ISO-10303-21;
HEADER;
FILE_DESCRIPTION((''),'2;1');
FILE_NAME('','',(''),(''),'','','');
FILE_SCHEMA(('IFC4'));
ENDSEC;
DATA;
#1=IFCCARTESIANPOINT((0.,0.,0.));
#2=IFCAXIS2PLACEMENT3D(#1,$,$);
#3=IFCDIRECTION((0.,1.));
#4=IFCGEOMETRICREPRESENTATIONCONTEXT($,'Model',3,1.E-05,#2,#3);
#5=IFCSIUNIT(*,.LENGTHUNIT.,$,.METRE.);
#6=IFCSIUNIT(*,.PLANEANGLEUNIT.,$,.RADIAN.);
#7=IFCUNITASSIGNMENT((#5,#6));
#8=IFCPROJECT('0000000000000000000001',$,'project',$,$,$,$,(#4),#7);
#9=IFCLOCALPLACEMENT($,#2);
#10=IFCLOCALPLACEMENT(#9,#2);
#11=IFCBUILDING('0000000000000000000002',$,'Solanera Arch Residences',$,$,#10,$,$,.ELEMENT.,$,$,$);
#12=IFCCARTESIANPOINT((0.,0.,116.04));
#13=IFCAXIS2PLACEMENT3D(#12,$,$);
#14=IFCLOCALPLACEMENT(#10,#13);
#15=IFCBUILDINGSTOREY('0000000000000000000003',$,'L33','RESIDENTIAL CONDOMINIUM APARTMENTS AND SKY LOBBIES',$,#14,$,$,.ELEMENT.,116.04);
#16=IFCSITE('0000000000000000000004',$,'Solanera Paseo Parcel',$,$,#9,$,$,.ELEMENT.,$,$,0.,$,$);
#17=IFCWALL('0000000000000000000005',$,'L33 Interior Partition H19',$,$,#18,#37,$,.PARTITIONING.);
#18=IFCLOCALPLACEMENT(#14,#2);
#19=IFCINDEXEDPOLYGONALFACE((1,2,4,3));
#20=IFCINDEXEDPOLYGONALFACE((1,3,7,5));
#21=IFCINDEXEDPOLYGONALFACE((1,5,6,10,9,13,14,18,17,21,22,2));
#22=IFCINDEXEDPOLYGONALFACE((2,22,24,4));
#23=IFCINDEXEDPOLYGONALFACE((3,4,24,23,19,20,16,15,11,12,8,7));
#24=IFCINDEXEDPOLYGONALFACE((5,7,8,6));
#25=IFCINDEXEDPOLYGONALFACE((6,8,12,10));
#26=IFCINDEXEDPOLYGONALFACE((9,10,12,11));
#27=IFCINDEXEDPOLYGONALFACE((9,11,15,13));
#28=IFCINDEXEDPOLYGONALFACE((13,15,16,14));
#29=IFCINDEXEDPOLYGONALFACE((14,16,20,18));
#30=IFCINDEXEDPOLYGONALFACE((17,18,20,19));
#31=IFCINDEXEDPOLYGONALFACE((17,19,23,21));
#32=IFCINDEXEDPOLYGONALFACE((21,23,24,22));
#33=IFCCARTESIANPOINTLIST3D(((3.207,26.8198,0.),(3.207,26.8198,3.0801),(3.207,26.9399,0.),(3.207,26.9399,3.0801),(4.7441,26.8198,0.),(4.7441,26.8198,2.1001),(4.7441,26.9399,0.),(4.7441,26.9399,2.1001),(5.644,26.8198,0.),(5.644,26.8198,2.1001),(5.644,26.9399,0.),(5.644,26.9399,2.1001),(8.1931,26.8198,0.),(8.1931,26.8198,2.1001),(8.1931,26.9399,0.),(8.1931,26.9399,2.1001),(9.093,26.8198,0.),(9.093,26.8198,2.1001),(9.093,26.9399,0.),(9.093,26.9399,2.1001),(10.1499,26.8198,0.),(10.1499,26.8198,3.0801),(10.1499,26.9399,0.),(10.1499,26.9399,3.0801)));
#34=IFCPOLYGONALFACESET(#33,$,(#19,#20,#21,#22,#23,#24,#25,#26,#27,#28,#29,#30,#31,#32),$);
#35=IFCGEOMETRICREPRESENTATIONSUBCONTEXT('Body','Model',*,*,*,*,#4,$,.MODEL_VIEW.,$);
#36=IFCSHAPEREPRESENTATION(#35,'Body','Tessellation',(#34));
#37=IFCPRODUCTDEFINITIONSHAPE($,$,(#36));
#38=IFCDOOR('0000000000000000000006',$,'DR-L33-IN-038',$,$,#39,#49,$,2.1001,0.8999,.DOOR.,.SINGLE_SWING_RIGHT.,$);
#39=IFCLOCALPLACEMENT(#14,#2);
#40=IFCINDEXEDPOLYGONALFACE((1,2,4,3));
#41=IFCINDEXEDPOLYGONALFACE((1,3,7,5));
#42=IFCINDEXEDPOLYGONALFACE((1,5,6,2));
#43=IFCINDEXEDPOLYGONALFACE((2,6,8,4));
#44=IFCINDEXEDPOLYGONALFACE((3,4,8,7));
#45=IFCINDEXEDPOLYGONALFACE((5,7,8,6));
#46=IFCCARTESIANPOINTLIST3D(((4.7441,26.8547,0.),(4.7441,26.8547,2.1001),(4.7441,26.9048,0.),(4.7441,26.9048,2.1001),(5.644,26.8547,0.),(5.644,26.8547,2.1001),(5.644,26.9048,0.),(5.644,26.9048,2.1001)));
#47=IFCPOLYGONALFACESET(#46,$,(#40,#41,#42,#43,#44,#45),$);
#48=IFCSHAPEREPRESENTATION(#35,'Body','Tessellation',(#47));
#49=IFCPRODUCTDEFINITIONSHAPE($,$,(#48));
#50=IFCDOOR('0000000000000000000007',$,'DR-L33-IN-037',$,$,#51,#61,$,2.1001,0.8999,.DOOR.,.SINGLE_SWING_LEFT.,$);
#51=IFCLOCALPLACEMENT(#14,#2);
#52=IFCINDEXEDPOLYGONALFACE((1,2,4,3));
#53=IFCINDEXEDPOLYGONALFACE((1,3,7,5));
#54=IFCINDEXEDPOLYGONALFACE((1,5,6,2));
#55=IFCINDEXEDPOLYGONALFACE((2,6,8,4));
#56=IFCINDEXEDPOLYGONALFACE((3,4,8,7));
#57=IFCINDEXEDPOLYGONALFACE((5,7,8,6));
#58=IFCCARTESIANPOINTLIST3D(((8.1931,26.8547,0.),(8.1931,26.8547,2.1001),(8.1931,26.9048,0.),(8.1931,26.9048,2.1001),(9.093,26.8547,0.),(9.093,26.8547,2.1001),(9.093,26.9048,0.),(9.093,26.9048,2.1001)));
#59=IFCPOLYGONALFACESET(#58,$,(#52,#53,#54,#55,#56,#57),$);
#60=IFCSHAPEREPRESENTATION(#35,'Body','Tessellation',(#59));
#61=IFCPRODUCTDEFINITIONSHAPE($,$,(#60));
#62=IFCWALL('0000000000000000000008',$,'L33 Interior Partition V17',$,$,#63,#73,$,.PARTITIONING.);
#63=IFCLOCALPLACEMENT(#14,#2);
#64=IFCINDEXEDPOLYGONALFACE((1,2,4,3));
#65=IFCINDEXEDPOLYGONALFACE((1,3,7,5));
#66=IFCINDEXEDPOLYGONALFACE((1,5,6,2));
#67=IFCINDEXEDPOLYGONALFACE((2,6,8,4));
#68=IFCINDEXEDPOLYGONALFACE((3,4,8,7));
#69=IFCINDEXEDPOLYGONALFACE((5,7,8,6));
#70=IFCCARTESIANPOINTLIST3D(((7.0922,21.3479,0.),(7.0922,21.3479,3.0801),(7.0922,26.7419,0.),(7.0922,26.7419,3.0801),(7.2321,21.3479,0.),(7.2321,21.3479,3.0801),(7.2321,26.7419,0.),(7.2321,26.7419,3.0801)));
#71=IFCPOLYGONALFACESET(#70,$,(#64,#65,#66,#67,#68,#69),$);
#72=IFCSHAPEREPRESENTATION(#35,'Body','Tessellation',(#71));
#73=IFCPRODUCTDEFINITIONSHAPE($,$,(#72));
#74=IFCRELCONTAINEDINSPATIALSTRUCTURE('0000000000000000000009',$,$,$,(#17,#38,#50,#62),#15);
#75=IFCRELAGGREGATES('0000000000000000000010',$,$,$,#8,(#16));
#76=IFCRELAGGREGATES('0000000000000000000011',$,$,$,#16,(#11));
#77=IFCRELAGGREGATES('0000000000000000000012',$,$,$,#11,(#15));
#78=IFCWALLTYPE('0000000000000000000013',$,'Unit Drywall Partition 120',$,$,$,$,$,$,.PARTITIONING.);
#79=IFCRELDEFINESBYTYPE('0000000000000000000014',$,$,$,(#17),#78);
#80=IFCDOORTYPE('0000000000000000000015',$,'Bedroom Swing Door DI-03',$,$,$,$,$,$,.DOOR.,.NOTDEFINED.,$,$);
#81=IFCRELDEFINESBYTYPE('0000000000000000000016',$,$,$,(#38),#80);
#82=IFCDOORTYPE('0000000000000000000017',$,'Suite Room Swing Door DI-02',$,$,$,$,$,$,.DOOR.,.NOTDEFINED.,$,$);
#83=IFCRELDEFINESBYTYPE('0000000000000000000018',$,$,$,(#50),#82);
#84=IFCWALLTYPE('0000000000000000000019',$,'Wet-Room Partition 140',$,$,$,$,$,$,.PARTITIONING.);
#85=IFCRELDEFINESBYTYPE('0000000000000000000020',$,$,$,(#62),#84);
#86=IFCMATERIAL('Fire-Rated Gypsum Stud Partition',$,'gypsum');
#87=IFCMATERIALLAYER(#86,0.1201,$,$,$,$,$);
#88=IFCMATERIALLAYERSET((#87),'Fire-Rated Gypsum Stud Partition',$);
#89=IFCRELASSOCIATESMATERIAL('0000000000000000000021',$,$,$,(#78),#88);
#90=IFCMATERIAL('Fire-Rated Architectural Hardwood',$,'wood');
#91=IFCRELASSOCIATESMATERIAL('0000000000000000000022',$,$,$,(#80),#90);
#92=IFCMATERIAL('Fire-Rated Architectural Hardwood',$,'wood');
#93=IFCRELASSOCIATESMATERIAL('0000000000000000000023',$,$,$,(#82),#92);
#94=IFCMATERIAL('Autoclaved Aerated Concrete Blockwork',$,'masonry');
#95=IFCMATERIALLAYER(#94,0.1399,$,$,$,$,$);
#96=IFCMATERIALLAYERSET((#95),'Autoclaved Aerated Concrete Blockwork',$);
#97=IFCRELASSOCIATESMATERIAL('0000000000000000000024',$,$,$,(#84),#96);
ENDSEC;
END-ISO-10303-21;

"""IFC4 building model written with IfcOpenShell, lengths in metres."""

from ifc_helpers import new_model, si_unit, direction, frame, frame_2d, origin, place, context, subcontext, project, spatial, rectangle, extrude, material, layer, layer_set, type_object, element, fill, save


model = new_model("IFC4")

# Units and contexts
model_context = context("Model", 3, precision=1e-05, world=origin(), true_north=direction((0.0, 1.0)))
body_context = subcontext(model_context, "Body", "Model", "MODEL_VIEW")
ifc_project = project(units=[si_unit("LENGTHUNIT", "METRE"), si_unit("PLANEANGLEUNIT", "RADIAN")], contexts=[model_context])

# Site, building, storey
site_placement = place(None, origin())
site = spatial("IfcSite", under=ifc_project, at=site_placement, Name="Solanera Paseo Parcel", CompositionType="ELEMENT", RefElevation=0.0)
building_placement = place(site_placement, origin())
building = spatial("IfcBuilding", under=site, at=building_placement, Name="Solanera Arch Residences", CompositionType="ELEMENT")
storey_placement = place(building_placement, frame((0.0, 0.0, 116.04)))
storey = spatial("IfcBuildingStorey", under=building, at=storey_placement, Name="L33", Description="RESIDENTIAL CONDOMINIUM APARTMENTS AND SKY LOBBIES", CompositionType="ELEMENT", Elevation=116.04)

# Wall, openings, doors
ifc_material_1 = material(Name="Fire-Rated Gypsum Stud Partition", Category="gypsum")
ifc_layer_1 = layer(ifc_material_1, 0.1201)
ifc_layer_set_1 = layer_set([ifc_layer_1], Name="Fire-Rated Gypsum Stud Partition")
wall_type_1 = type_object("IfcWallType", Name="Unit Drywall Partition 120", PredefinedType="PARTITIONING", material=ifc_layer_set_1)
wall_1_placement = place(storey_placement, frame((3.207, 26.8799, 0.0), z_axis=(0.0, 0.0, 1.0), x_axis=(1.0, 0.0, 0.0)))
wall_1 = element("IfcWall", 1, at=wall_1_placement, inside=storey, type_object=wall_type_1, Name="L33 Interior Partition H19", PredefinedType="PARTITIONING", context=body_context, shape_type="SweptSolid", body=[
    extrude(rectangle(XDim=6.9429, YDim=0.1201, at=frame_2d((3.4714, 0.0))), origin(), (0.0, 0.0, 1.0), 3.0801),
])
opening_1_placement = place(wall_1_placement, frame((4.9861, 0.0, 0.0)))
opening_1 = element("IfcOpeningElement", 2, at=opening_1_placement, cuts=wall_1, PredefinedType="OPENING", context=body_context, shape_type="SweptSolid", body=[
    extrude(rectangle(XDim=0.8999, YDim=2.1001, at=frame_2d((0.45, 1.05))), frame((0.0, 0.0701, 0.0), z_axis=(0.0, -1.0, 0.0), x_axis=(1.0, 0.0, 0.0)), (0.0, 0.0, 1.0), 0.1401),
])
opening_2_placement = place(wall_1_placement, frame((1.5371, 0.0, 0.0)))
opening_2 = element("IfcOpeningElement", 3, at=opening_2_placement, cuts=wall_1, PredefinedType="OPENING", context=body_context, shape_type="SweptSolid", body=[
    extrude(rectangle(XDim=0.8999, YDim=2.1001, at=frame_2d((0.45, 1.05))), frame((0.0, 0.0701, 0.0), z_axis=(0.0, -1.0, 0.0), x_axis=(1.0, 0.0, 0.0)), (0.0, 0.0, 1.0), 0.1401),
])
ifc_material_2 = material(Name="Fire-Rated Architectural Hardwood", Category="wood")
door_type_1 = type_object("IfcDoorType", Name="Bedroom Swing Door DI-03", OperationType="NOTDEFINED", PredefinedType="DOOR", material=ifc_material_2)
door_1_placement = place(opening_2_placement, origin())
door_1 = element("IfcDoor", 4, at=door_1_placement, inside=storey, type_object=door_type_1, Name="DR-L33-IN-038", OperationType="SINGLE_SWING_RIGHT", OverallHeight=2.1001, OverallWidth=0.8999, PredefinedType="DOOR", context=body_context, shape_type="SweptSolid", body=[
    extrude(rectangle(XDim=0.8999, YDim=2.1001, at=frame_2d((0.45, 1.05))), frame((0.0, 0.0249, 0.0), z_axis=(0.0, -1.0, 0.0), x_axis=(1.0, 0.0, 0.0)), (0.0, 0.0, 1.0), 0.05),
])
fill(opening_2, door_1)
ifc_material_3 = material(Name="Fire-Rated Architectural Hardwood", Category="wood")
door_type_2 = type_object("IfcDoorType", Name="Suite Room Swing Door DI-02", OperationType="NOTDEFINED", PredefinedType="DOOR", material=ifc_material_3)
door_2_placement = place(opening_1_placement, origin())
door_2 = element("IfcDoor", 5, at=door_2_placement, inside=storey, type_object=door_type_2, Name="DR-L33-IN-037", OperationType="SINGLE_SWING_LEFT", OverallHeight=2.1001, OverallWidth=0.8999, PredefinedType="DOOR", context=body_context, shape_type="SweptSolid", body=[
    extrude(rectangle(XDim=0.8999, YDim=2.1001, at=frame_2d((0.45, 1.05))), frame((0.0, 0.0249, 0.0), z_axis=(0.0, -1.0, 0.0), x_axis=(1.0, 0.0, 0.0)), (0.0, 0.0, 1.0), 0.05),
])
fill(opening_1, door_2)

# Wall
ifc_material_4 = material(Name="Autoclaved Aerated Concrete Blockwork", Category="masonry")
ifc_layer_2 = layer(ifc_material_4, 0.1399)
ifc_layer_set_2 = layer_set([ifc_layer_2], Name="Autoclaved Aerated Concrete Blockwork")
wall_type_2 = type_object("IfcWallType", Name="Wet-Room Partition 140", PredefinedType="PARTITIONING", material=ifc_layer_set_2)
wall_2_placement = place(storey_placement, frame((7.1621, 21.3479, 0.0), z_axis=(0.0, 0.0, 1.0), x_axis=(0.0, 1.0, 0.0)))
element("IfcWall", 6, at=wall_2_placement, inside=storey, type_object=wall_type_2, Name="L33 Interior Partition V17", PredefinedType="PARTITIONING", context=body_context, shape_type="SweptSolid", body=[
    extrude(rectangle(XDim=5.394, YDim=0.1399, at=frame_2d((2.697, 0.0))), origin(), (0.0, 0.0, 1.0), 3.0801),
])

save(model, "model.ifc")
